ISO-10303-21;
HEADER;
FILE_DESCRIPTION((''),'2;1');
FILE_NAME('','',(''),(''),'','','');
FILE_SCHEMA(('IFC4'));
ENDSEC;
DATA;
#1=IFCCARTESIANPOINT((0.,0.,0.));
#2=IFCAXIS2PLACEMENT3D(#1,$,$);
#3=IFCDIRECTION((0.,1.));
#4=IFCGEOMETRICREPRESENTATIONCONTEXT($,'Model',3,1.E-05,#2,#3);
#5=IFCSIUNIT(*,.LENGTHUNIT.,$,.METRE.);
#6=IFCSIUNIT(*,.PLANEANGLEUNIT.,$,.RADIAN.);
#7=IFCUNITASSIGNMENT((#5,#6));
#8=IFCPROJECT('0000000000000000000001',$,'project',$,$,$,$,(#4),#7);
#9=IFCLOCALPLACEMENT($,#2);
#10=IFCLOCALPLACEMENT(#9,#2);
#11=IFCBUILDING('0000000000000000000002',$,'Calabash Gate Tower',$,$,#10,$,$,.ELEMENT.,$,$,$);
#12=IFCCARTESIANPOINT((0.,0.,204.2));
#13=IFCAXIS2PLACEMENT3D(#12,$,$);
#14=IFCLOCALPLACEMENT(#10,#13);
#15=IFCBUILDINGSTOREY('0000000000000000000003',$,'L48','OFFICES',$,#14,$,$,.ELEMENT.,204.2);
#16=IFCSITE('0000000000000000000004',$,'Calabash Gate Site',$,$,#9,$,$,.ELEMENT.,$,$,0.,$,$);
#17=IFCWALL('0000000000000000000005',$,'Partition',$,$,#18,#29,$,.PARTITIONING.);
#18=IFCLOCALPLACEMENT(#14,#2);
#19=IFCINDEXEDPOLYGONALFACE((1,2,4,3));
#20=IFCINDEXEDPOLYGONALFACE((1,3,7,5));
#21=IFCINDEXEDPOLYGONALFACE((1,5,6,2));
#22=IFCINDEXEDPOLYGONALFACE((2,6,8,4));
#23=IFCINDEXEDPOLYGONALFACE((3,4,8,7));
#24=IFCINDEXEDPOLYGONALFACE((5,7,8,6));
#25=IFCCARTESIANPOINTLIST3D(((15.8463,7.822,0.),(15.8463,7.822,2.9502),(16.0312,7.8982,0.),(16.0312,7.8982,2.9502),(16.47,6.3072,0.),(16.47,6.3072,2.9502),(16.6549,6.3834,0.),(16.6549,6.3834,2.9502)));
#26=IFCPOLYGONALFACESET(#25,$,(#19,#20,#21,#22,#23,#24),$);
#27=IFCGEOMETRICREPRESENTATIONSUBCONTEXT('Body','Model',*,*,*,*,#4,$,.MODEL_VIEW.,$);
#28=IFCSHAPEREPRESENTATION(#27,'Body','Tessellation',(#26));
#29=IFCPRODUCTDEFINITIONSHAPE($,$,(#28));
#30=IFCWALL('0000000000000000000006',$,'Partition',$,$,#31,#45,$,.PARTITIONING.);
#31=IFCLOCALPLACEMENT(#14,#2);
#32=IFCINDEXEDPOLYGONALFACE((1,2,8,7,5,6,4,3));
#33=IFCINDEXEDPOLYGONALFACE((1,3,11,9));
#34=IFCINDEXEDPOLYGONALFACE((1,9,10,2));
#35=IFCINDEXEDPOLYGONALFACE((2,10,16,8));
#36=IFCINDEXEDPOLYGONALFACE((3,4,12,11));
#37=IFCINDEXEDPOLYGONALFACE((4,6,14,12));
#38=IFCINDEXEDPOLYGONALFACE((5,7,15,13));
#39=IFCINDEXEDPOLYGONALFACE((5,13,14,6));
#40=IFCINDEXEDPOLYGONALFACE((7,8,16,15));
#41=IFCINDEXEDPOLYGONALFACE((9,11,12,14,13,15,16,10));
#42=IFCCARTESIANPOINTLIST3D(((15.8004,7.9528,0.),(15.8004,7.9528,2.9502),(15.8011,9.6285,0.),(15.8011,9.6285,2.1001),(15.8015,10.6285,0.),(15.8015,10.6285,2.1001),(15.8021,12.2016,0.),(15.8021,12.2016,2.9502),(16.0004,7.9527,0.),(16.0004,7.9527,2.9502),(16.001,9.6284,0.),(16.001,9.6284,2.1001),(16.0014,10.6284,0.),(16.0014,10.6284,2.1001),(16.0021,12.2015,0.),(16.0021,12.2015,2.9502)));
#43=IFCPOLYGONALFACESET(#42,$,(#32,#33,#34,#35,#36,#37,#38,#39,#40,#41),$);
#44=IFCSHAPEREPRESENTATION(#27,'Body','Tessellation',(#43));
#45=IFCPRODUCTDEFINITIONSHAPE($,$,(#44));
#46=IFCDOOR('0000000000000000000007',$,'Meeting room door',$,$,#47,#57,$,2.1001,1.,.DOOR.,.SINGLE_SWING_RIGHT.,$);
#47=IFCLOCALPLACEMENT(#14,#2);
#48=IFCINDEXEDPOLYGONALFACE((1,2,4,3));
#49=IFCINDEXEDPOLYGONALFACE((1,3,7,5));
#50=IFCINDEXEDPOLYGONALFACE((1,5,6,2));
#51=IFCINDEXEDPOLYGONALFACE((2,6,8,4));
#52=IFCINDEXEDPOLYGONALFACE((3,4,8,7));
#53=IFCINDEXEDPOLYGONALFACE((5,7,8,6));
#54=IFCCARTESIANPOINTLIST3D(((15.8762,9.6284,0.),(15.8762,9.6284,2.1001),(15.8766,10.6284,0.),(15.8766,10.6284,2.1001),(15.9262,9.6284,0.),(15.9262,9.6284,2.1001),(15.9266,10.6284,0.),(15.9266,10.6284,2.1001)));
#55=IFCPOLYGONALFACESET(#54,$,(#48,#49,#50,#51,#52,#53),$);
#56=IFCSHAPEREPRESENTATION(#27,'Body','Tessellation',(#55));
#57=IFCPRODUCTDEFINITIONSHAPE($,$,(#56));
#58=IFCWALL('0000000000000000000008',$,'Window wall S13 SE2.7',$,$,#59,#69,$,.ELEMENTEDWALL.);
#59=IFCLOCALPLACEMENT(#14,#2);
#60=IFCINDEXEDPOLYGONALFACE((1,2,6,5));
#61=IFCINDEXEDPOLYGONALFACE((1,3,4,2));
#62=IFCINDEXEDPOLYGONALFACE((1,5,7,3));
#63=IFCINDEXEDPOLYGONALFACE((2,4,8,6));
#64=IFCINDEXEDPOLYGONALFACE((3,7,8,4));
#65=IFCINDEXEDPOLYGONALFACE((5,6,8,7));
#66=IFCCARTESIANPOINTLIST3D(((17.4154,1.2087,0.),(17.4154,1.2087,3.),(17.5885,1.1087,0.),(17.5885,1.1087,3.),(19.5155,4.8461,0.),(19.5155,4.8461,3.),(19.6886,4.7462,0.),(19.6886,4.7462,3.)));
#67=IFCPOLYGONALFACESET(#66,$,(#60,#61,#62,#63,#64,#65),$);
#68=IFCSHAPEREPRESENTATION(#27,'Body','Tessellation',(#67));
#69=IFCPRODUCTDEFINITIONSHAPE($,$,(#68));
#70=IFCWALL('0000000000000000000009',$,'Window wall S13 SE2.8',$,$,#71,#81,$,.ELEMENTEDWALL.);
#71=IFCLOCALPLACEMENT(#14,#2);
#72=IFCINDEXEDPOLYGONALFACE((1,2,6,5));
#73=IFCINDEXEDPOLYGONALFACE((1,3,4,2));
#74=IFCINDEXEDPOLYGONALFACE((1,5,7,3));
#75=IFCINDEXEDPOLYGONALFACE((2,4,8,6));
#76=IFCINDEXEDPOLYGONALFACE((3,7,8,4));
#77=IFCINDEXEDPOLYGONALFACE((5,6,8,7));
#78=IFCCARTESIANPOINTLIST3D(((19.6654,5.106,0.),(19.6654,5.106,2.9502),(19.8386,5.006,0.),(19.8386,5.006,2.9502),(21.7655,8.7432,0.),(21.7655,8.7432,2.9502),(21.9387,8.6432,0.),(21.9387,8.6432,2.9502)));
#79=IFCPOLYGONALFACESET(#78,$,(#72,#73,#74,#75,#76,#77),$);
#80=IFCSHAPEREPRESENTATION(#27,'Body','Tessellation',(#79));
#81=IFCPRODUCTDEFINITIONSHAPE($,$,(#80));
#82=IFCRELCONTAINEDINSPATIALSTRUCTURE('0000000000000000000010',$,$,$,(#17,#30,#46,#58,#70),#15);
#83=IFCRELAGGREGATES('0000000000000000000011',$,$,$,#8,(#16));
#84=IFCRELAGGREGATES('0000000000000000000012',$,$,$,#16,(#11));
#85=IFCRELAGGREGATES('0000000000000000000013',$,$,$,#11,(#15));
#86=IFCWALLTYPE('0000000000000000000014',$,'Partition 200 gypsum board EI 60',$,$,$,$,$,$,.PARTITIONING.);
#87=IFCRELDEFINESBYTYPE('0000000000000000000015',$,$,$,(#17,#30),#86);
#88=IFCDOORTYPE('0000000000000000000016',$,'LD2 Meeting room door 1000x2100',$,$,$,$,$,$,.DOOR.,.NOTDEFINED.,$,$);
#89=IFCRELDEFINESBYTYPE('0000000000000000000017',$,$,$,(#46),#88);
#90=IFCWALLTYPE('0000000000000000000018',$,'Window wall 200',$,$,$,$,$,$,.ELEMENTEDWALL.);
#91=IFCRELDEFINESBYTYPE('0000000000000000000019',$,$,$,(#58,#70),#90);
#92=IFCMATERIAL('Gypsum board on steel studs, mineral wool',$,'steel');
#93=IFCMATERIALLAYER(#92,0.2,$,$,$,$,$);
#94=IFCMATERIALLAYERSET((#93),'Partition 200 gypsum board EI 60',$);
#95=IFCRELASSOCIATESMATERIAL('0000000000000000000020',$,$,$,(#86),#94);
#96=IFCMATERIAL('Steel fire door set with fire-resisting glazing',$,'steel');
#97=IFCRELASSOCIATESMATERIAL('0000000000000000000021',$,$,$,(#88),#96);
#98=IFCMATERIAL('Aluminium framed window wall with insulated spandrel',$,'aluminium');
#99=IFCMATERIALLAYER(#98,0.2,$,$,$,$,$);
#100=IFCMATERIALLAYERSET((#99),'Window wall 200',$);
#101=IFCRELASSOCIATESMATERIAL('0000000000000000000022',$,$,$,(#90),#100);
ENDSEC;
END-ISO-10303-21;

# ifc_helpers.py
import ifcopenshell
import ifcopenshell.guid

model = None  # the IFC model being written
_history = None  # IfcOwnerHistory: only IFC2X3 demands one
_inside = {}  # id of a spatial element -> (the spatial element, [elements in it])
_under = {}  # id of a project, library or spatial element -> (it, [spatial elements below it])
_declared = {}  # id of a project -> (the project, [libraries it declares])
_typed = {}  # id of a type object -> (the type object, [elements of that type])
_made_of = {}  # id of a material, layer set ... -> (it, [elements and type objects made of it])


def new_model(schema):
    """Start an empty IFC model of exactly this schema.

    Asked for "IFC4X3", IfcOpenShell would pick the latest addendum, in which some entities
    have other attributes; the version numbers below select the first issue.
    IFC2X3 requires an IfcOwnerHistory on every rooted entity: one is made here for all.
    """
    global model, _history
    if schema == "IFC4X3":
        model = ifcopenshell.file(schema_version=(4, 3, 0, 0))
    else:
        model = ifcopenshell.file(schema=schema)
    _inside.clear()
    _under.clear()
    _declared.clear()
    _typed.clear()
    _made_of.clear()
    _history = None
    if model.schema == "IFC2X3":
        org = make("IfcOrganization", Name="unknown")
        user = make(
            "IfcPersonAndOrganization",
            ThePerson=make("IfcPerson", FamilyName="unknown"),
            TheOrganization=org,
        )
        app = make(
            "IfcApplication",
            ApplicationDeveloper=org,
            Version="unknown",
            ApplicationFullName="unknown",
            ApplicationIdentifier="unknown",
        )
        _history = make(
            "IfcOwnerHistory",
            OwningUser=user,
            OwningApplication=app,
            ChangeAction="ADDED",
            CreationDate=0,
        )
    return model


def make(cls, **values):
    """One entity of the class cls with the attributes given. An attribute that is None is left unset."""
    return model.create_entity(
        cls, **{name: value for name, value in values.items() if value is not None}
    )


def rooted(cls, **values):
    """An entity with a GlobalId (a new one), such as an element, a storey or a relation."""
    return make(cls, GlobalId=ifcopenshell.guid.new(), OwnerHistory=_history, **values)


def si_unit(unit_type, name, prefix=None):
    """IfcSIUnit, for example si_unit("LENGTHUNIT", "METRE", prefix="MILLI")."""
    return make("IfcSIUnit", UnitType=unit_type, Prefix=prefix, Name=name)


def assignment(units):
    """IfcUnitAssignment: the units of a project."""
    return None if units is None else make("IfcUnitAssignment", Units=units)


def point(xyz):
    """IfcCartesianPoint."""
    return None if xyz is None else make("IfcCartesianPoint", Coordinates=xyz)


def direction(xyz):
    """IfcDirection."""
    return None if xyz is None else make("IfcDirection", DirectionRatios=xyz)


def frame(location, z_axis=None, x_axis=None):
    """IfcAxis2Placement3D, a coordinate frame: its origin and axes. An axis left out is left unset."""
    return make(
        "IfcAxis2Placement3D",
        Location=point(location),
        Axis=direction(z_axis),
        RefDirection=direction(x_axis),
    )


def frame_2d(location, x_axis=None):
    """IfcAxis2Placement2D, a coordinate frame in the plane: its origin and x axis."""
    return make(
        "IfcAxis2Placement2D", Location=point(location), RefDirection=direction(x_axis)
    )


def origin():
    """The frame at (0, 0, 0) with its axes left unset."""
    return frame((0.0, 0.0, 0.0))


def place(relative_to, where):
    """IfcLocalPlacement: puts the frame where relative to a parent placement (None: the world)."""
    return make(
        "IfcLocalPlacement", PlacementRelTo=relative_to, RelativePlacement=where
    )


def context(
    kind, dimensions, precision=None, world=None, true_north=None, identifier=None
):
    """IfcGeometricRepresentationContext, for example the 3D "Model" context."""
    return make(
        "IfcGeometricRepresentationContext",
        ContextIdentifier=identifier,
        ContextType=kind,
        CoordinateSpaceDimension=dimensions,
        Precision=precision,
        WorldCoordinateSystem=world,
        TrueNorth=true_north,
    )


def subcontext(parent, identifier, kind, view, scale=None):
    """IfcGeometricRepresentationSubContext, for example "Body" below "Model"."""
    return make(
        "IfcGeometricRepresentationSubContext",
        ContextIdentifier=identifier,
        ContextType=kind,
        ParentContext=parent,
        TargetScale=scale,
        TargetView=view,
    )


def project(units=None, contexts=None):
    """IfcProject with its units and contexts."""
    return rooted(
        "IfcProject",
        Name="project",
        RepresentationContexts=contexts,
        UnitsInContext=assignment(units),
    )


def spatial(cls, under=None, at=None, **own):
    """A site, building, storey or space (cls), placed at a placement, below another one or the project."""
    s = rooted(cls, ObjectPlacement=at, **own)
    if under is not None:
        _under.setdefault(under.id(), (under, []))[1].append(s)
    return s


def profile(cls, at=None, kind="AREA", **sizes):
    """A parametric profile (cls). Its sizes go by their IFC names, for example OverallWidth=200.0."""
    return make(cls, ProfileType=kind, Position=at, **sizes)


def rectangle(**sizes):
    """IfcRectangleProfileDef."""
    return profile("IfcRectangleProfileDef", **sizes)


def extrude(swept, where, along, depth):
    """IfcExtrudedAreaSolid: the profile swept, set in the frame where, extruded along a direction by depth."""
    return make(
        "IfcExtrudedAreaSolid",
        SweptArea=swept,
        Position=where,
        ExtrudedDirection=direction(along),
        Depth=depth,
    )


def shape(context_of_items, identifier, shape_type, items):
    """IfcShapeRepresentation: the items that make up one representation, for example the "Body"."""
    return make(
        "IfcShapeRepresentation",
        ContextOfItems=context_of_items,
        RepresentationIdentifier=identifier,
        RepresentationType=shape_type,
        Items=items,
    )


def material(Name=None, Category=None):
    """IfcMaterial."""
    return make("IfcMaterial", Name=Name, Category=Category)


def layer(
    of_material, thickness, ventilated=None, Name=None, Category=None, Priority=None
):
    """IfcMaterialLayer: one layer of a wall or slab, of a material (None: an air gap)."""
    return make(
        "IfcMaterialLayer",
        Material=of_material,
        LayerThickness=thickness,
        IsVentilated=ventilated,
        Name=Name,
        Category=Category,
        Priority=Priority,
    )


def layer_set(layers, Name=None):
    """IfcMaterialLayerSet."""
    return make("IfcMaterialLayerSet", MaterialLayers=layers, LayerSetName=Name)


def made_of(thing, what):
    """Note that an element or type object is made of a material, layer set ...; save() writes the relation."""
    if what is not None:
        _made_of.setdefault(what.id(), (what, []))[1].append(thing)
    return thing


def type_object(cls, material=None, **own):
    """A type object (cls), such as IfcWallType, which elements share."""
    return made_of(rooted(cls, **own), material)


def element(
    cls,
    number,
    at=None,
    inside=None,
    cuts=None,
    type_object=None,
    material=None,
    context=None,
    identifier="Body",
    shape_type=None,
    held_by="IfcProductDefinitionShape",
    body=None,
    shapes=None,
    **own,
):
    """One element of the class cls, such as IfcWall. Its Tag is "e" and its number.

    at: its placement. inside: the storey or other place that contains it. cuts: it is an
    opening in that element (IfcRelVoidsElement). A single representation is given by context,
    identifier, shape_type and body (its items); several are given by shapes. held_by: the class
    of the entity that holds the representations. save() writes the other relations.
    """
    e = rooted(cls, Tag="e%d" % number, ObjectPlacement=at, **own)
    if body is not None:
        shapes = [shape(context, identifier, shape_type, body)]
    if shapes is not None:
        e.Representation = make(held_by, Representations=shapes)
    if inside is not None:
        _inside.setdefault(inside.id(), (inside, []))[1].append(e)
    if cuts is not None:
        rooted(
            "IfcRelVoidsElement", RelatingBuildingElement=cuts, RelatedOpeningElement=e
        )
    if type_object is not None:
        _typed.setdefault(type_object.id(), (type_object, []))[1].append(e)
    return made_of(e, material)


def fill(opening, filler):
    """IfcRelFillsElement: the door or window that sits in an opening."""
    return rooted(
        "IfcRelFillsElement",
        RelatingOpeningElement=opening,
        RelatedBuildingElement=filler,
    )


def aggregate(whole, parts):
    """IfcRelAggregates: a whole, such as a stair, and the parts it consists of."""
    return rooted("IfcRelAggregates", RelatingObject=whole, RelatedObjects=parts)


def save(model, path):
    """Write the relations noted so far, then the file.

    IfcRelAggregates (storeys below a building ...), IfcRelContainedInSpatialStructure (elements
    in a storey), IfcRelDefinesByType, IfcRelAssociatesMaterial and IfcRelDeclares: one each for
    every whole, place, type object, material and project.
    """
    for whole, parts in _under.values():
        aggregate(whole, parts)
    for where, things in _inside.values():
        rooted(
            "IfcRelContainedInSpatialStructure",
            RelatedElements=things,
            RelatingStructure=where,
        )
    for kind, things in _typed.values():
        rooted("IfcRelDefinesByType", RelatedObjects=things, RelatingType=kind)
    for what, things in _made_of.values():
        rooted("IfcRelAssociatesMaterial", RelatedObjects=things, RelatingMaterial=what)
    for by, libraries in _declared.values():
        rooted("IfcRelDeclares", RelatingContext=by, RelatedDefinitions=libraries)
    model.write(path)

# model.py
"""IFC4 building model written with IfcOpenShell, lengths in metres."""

from ifc_helpers import new_model, si_unit, direction, frame, frame_2d, origin, place, context, subcontext, project, spatial, rectangle, extrude, material, layer, layer_set, type_object, element, fill, save


model = new_model("IFC4")

# Units and contexts
model_context = context("Model", 3, precision=1e-05, world=origin(), true_north=direction((0.0, 1.0)))
body_context = subcontext(model_context, "Body", "Model", "MODEL_VIEW")
ifc_project = project(units=[si_unit("LENGTHUNIT", "METRE"), si_unit("PLANEANGLEUNIT", "RADIAN")], contexts=[model_context])

# Site, building, storey
site_placement = place(None, origin())
site = spatial("IfcSite", under=ifc_project, at=site_placement, Name="Calabash Gate Site", CompositionType="ELEMENT", RefElevation=0.0)
building_placement = place(site_placement, origin())
building = spatial("IfcBuilding", under=site, at=building_placement, Name="Calabash Gate Tower", CompositionType="ELEMENT")
storey_placement = place(building_placement, frame((0.0, 0.0, 204.2)))
storey = spatial("IfcBuildingStorey", under=building, at=storey_placement, Name="L48", Description="OFFICES", CompositionType="ELEMENT", Elevation=204.2)

# Wall
ifc_material_1 = material(Name="Gypsum board on steel studs, mineral wool", Category="steel")
ifc_layer_1 = layer(ifc_material_1, 0.2)
ifc_layer_set_1 = layer_set([ifc_layer_1], Name="Partition 200 gypsum board EI 60")
wall_type_1 = type_object("IfcWallType", Name="Partition 200 gypsum board EI 60", PredefinedType="PARTITIONING", material=ifc_layer_set_1)
wall_1_placement = place(storey_placement, frame((15.9387, 7.8601, 0.0), z_axis=(0.0, 0.0, 1.0), x_axis=(0.38075, -0.924678, 0.0)))
element("IfcWall", 1, at=wall_1_placement, inside=storey, type_object=wall_type_1, Name="Partition", PredefinedType="PARTITIONING", context=body_context, shape_type="SweptSolid", body=[
    extrude(rectangle(XDim=1.6382, YDim=0.2, at=frame_2d((0.8191, 0.0))), origin(), (0.0, 0.0, 1.0), 2.9502),
])

# Wall, opening, door
wall_2_placement = place(storey_placement, frame((15.9004, 7.9526, 0.0), z_axis=(0.0, 0.0, 1.0), x_axis=(0.000402, 1.0, 0.0)))
wall_2 = element("IfcWall", 2, at=wall_2_placement, inside=storey, type_object=wall_type_1, Name="Partition", PredefinedType="PARTITIONING", context=body_context, shape_type="SweptSolid", body=[
    extrude(rectangle(XDim=4.2488, YDim=0.2, at=frame_2d((2.1245, 0.0))), origin(), (0.0, 0.0, 1.0), 2.9502),
])
opening_1_placement = place(wall_2_placement, frame((1.6758, 0.0, 0.0)))
opening_1 = element("IfcOpeningElement", 3, at=opening_1_placement, cuts=wall_2, PredefinedType="OPENING", context=body_context, shape_type="SweptSolid", body=[
    extrude(rectangle(XDim=1.0, YDim=2.1001, at=frame_2d((0.5, 1.05))), frame((0.0, 0.1099, 0.0), z_axis=(0.0, -1.0, 0.0), x_axis=(1.0, 0.0, 0.0)), (0.0, 0.0, 1.0), 0.22),
])
ifc_material_2 = material(Name="Steel fire door set with fire-resisting glazing", Category="steel")
door_type_1 = type_object("IfcDoorType", Name="LD2 Meeting room door 1000x2100", OperationType="NOTDEFINED", PredefinedType="DOOR", material=ifc_material_2)
door_1_placement = place(opening_1_placement, origin())
door_1 = element("IfcDoor", 4, at=door_1_placement, inside=storey, type_object=door_type_1, Name="Meeting room door", OperationType="SINGLE_SWING_RIGHT", OverallHeight=2.1001, OverallWidth=1.0, PredefinedType="DOOR", context=body_context, shape_type="SweptSolid", body=[
    extrude(rectangle(XDim=1.0, YDim=2.1001, at=frame_2d((0.5, 1.05))), frame((0.0, 0.0249, 0.0), z_axis=(0.0, -1.0, 0.0), x_axis=(1.0, 0.0, 0.0)), (0.0, 0.0, 1.0), 0.05),
])
fill(opening_1, door_1)

# Walls
ifc_material_3 = material(Name="Aluminium framed window wall with insulated spandrel", Category="aluminium")
ifc_layer_2 = layer(ifc_material_3, 0.2)
ifc_layer_set_2 = layer_set([ifc_layer_2], Name="Window wall 200")
wall_type_2 = type_object("IfcWallType", Name="Window wall 200", PredefinedType="ELEMENTEDWALL", material=ifc_layer_set_2)
wall_3_placement = place(storey_placement, frame((17.502, 1.1587, 0.0), z_axis=(0.0, 0.0, 1.0), x_axis=(0.500003, 0.866024, 0.0)))
element("IfcWall", 5, at=wall_3_placement, inside=storey, type_object=wall_type_2, Name="Window wall S13 SE2.7", PredefinedType="ELEMENTEDWALL", context=body_context, shape_type="SweptSolid", body=[
    extrude(rectangle(XDim=4.2002, YDim=0.2, at=frame_2d((2.1001, 0.0))), origin(), (0.0, 0.0, 1.0), 3.0),
])
wall_4_placement = place(storey_placement, frame((19.752, 5.0559, 0.0), z_axis=(0.0, 0.0, 1.0), x_axis=(0.500028, 0.866009, 0.0)))
element("IfcWall", 6, at=wall_4_placement, inside=storey, type_object=wall_type_2, Name="Window wall S13 SE2.8", PredefinedType="ELEMENTEDWALL", context=body_context, shape_type="SweptSolid", body=[
    extrude(rectangle(XDim=4.2, YDim=0.2, at=frame_2d((2.1001, 0.0))), origin(), (0.0, 0.0, 1.0), 2.9502),
])

save(model, "model.ifc")
